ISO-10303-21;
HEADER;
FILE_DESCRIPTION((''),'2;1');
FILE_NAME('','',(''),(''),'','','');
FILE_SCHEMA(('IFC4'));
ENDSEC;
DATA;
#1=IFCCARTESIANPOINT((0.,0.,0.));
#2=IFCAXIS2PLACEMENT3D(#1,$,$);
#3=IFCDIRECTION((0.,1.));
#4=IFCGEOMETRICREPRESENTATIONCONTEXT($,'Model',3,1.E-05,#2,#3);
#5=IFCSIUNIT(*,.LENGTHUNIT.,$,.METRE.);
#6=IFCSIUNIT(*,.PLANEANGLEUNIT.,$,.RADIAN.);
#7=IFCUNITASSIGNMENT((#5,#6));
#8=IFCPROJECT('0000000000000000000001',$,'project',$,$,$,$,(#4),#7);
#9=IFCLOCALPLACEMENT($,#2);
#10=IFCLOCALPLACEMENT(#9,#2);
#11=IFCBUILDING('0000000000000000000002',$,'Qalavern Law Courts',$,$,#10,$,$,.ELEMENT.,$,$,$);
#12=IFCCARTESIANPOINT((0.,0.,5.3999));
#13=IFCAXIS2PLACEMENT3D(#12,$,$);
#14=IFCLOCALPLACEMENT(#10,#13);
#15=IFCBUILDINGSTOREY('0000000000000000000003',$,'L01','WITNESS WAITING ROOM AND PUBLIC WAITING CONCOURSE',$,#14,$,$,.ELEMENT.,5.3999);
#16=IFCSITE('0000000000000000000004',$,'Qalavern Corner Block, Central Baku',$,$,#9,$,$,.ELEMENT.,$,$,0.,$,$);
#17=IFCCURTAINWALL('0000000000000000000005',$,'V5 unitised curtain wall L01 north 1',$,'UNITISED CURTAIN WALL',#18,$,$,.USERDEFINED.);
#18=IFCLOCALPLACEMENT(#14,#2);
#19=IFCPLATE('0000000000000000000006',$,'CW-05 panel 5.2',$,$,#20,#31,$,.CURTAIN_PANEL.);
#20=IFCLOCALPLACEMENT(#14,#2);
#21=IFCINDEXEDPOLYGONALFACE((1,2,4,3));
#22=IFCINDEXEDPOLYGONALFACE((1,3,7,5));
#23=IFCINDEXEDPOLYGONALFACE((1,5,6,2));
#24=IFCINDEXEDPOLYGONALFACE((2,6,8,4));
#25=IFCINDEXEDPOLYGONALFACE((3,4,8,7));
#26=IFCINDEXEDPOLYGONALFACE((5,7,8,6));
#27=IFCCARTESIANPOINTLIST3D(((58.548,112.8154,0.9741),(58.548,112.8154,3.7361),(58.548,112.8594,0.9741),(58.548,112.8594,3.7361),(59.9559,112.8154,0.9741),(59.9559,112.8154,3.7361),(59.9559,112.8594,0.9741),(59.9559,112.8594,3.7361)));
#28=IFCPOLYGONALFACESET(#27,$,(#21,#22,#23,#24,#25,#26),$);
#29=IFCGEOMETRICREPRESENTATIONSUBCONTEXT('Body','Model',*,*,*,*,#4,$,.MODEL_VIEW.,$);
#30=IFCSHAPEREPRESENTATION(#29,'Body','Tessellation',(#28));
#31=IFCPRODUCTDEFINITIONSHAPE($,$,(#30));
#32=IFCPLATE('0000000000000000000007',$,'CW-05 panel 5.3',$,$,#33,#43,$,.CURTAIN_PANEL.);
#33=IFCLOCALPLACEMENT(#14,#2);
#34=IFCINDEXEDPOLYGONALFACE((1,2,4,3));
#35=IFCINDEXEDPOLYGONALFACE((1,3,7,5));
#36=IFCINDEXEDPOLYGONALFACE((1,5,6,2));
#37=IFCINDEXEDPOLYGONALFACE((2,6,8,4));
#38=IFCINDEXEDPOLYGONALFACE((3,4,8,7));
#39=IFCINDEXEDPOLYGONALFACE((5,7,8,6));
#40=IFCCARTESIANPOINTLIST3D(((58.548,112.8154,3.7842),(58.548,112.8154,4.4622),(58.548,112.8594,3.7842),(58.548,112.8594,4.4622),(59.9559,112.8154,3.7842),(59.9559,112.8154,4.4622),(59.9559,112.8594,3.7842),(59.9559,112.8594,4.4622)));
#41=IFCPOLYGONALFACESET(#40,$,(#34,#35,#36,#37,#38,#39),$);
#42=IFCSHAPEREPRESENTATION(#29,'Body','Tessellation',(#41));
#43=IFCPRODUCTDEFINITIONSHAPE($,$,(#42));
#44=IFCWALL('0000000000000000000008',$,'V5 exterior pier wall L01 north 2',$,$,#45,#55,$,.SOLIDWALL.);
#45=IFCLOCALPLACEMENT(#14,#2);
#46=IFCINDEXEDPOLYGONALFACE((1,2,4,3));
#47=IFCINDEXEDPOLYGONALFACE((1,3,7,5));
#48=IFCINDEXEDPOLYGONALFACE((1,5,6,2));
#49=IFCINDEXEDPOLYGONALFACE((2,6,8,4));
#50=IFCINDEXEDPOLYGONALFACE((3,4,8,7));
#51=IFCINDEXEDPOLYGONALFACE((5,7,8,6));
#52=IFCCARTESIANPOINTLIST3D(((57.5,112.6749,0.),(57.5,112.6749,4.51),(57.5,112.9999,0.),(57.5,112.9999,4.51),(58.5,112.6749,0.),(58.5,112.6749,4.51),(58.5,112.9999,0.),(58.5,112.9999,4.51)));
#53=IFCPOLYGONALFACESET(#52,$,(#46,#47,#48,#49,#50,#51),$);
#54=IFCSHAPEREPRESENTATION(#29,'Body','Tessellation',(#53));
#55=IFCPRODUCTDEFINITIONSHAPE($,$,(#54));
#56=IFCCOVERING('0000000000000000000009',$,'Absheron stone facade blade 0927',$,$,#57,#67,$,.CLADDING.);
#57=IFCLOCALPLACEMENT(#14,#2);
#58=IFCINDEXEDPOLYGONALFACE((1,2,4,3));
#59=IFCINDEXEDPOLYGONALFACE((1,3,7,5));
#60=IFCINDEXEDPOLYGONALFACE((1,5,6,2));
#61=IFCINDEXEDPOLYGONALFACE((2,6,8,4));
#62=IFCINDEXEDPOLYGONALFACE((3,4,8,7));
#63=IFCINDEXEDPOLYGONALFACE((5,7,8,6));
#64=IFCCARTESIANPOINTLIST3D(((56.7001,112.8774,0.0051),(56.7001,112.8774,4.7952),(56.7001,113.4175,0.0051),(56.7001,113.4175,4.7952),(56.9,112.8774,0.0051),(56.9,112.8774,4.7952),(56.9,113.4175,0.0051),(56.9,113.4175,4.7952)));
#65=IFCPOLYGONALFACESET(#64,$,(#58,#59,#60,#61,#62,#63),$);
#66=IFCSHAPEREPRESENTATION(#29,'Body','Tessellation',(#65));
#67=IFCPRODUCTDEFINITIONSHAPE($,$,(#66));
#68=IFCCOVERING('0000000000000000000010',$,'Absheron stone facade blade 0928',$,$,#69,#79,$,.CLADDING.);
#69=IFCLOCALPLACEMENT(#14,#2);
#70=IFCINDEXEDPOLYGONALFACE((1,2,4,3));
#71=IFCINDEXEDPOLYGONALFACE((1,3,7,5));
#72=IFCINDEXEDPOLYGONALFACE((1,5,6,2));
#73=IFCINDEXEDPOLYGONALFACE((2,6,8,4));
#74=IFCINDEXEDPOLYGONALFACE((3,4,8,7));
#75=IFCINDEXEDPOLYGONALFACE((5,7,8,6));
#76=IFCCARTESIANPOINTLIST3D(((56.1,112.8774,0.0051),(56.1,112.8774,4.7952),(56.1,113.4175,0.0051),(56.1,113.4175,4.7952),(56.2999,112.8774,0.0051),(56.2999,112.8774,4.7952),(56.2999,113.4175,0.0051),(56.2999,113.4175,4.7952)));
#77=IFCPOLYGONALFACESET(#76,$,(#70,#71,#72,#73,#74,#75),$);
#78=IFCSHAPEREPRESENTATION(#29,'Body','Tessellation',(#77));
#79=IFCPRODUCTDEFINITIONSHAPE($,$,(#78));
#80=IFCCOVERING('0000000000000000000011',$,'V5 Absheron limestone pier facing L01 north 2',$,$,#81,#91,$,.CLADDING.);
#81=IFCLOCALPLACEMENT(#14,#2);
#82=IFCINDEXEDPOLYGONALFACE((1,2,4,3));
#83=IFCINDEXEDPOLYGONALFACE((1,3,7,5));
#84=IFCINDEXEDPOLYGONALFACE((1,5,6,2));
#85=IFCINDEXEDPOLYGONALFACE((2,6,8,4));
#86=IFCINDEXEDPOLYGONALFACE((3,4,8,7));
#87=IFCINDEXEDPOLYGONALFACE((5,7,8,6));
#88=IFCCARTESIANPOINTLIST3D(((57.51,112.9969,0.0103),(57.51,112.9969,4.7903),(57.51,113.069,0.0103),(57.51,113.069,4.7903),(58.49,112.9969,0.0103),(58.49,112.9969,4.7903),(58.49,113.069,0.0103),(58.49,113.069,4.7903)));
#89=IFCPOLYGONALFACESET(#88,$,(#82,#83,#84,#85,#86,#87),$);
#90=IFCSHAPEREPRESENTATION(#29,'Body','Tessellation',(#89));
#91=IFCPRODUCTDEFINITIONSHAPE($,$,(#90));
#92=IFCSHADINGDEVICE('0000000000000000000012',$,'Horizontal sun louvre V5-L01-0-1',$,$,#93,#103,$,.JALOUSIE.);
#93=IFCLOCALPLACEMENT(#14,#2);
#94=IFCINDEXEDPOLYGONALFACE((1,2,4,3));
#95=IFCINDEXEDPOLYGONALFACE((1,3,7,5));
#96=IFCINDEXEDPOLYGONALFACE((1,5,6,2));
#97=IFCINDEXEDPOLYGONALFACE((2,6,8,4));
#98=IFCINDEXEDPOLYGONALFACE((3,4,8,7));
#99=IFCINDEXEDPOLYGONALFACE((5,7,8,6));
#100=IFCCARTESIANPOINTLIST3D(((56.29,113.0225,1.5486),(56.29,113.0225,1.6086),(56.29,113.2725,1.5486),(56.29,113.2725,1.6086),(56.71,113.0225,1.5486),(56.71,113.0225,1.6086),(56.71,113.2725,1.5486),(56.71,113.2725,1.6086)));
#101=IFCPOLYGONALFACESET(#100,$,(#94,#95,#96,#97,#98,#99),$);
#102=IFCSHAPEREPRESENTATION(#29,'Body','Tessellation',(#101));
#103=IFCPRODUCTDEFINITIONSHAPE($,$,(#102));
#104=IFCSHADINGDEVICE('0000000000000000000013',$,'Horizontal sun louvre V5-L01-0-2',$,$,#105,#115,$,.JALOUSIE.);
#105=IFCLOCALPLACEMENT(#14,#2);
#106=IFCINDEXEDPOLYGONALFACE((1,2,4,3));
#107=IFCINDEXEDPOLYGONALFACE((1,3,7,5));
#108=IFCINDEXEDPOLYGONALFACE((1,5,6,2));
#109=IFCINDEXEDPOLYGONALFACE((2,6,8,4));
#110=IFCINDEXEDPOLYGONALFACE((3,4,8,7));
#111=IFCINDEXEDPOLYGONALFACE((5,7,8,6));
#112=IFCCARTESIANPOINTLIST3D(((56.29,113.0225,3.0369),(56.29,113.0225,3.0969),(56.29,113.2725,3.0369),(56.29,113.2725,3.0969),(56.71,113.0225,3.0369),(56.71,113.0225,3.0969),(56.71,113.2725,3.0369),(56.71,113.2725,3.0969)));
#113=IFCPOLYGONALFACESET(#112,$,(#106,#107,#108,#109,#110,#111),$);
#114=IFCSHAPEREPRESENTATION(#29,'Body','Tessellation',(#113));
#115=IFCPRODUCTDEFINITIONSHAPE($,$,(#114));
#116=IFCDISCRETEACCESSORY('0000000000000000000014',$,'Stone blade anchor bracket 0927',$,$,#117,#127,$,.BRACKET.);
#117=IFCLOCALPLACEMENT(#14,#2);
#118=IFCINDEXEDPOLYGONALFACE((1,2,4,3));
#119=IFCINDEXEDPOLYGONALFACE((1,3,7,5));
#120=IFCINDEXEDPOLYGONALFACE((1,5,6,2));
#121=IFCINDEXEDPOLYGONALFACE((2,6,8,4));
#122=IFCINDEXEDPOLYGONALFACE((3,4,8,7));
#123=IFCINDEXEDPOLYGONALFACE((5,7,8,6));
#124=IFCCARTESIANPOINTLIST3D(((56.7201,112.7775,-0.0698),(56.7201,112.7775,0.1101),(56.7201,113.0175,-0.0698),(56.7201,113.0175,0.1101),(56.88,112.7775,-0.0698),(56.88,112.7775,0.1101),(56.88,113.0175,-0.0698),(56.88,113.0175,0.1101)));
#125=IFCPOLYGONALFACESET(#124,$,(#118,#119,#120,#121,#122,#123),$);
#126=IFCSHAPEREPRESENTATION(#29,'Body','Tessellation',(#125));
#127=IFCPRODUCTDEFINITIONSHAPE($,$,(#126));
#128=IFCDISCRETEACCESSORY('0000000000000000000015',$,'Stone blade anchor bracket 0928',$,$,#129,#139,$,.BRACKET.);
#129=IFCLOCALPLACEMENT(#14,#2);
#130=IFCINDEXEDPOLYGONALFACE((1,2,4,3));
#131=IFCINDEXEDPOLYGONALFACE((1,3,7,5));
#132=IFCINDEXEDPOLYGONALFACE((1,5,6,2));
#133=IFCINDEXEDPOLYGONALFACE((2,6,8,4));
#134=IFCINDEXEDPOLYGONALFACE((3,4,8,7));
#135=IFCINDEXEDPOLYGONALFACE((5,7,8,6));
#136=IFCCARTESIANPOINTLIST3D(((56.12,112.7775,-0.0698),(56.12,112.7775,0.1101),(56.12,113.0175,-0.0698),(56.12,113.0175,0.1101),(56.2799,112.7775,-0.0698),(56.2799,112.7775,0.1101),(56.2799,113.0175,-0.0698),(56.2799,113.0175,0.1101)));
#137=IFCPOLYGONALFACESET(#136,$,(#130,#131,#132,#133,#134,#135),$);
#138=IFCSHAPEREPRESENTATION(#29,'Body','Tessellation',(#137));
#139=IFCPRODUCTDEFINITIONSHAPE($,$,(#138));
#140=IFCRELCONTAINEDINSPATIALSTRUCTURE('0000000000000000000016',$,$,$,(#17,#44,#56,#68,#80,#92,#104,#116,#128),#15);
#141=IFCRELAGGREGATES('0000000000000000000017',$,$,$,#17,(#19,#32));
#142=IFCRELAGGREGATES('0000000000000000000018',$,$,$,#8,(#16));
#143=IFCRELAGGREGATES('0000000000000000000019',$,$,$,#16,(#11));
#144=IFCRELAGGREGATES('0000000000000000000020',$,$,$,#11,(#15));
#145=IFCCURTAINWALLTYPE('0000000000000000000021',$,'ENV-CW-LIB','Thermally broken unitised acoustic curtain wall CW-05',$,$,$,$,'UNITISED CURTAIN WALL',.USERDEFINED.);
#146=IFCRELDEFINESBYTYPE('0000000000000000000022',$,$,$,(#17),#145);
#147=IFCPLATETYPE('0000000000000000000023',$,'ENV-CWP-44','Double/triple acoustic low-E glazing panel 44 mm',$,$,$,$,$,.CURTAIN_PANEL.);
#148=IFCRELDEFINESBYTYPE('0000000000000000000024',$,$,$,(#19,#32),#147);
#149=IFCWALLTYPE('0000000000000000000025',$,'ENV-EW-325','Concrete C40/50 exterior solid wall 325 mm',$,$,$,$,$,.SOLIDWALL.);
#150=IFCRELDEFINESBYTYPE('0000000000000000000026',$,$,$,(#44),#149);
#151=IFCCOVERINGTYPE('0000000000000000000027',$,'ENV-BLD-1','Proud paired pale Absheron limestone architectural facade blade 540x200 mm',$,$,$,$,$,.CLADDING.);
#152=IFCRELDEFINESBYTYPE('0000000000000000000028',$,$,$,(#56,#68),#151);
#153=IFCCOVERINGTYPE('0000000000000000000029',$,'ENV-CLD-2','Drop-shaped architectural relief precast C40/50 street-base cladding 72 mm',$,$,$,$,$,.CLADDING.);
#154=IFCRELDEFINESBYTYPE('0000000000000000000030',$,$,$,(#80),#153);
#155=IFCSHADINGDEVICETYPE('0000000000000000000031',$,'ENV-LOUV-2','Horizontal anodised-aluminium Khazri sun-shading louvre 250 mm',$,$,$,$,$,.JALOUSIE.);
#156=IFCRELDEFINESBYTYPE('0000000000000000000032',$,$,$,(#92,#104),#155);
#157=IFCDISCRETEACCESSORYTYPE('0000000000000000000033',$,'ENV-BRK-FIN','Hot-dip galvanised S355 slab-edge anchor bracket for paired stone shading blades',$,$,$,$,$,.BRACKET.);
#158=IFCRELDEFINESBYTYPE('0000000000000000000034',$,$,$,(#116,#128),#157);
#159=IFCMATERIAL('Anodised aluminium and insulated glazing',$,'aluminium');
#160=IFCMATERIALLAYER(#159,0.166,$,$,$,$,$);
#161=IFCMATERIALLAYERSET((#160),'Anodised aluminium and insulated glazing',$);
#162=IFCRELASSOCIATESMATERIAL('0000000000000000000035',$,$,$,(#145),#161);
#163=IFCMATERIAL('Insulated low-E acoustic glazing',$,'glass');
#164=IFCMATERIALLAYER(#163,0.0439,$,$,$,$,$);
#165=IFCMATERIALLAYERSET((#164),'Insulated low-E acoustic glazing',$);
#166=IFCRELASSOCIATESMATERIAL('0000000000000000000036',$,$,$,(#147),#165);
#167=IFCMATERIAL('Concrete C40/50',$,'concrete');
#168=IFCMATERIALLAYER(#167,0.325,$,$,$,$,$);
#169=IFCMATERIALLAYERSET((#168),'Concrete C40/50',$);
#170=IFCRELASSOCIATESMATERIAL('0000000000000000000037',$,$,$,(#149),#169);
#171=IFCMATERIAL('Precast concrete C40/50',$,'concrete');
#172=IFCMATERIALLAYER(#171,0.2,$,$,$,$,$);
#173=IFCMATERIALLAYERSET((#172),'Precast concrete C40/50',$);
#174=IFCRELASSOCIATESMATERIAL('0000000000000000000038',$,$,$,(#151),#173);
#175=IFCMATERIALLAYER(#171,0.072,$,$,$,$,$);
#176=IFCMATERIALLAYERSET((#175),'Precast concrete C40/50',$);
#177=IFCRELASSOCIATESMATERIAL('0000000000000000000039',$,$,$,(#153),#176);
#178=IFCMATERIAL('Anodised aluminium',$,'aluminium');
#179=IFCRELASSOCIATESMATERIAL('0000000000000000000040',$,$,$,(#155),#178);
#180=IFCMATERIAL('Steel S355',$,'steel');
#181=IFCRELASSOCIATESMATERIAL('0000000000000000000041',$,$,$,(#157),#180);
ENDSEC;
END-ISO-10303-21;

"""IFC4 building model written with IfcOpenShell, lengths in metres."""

from ifc_helpers import new_model, si_unit, direction, frame, frame_2d, origin, origin_2d, place, context, subcontext, project, spatial, rectangle, extrude, material, layer, layer_set, type_object, element, aggregate, save


model = new_model("IFC4")

# Units and contexts
model_context = context("Model", 3, precision=1e-05, world=origin(), true_north=direction((0.0, 1.0)))
body_context = subcontext(model_context, "Body", "Model", "MODEL_VIEW")
ifc_project = project(units=[si_unit("LENGTHUNIT", "METRE"), si_unit("PLANEANGLEUNIT", "RADIAN")], contexts=[model_context])

# Site, building, storey
site_placement = place(None, origin())
site = spatial("IfcSite", under=ifc_project, at=site_placement, Name="Qalavern Corner Block, Central Baku", CompositionType="ELEMENT", RefElevation=0.0)
building_placement = place(site_placement, origin())
building = spatial("IfcBuilding", under=site, at=building_placement, Name="Qalavern Law Courts", CompositionType="ELEMENT")
storey_placement = place(building_placement, frame((0.0, 0.0, 5.3999)))
storey = spatial("IfcBuildingStorey", under=building, at=storey_placement, Name="L01", Description="WITNESS WAITING ROOM AND PUBLIC WAITING CONCOURSE", CompositionType="ELEMENT", Elevation=5.3999)

# Curtain wall, plates
ifc_material_1 = material(Name="Anodised aluminium and insulated glazing", Category="aluminium")
ifc_layer_1 = layer(ifc_material_1, 0.166)
ifc_layer_set_1 = layer_set([ifc_layer_1], Name="Anodised aluminium and insulated glazing")
curtain_wall_type = type_object("IfcCurtainWallType", Name="ENV-CW-LIB", Description="Thermally broken unitised acoustic curtain wall CW-05", ElementType="UNITISED CURTAIN WALL", PredefinedType="USERDEFINED", material=ifc_layer_set_1)
curtain_wall_placement = place(storey_placement, origin())
curtain_wall = element("IfcCurtainWall", 1, at=curtain_wall_placement, inside=storey, type_object=curtain_wall_type, Name="V5 unitised curtain wall L01 north 1", ObjectType="UNITISED CURTAIN WALL", PredefinedType="USERDEFINED")
ifc_material_2 = material(Name="Anodised aluminium", Category="aluminium")
ifc_material_3 = material(Name="Insulated low-E acoustic glazing", Category="glass")
ifc_layer_2 = layer(ifc_material_3, 0.0439)
ifc_layer_set_2 = layer_set([ifc_layer_2], Name="Insulated low-E acoustic glazing")
plate_type = type_object("IfcPlateType", Name="ENV-CWP-44", Description="Double/triple acoustic low-E glazing panel 44 mm", PredefinedType="CURTAIN_PANEL", material=ifc_layer_set_2)
plate_1_placement = place(storey_placement, frame((59.252, 112.8374, 0.9741), z_axis=(0.0, 0.0, 1.0), x_axis=(-1.0, 0.0, 0.0)))
plate_1 = element("IfcPlate", 2, at=plate_1_placement, type_object=plate_type, Name="CW-05 panel 5.2", PredefinedType="CURTAIN_PANEL", context=body_context, shape_type="SweptSolid", body=[
    extrude(rectangle(XDim=1.408, YDim=0.0439, at=origin_2d()), origin(), (0.0, 0.0, 1.0), 2.762),
])
plate_2_placement = place(storey_placement, frame((59.252, 112.8374, 3.7842), z_axis=(0.0, 0.0, 1.0), x_axis=(-1.0, 0.0, 0.0)))
plate_2 = element("IfcPlate", 3, at=plate_2_placement, type_object=plate_type, Name="CW-05 panel 5.3", PredefinedType="CURTAIN_PANEL", context=body_context, shape_type="SweptSolid", body=[
    extrude(rectangle(XDim=1.408, YDim=0.0439, at=origin_2d()), origin(), (0.0, 0.0, 1.0), 0.678),
])
aggregate(curtain_wall, [plate_1, plate_2])

# Wall
ifc_material_4 = material(Name="Concrete C40/50", Category="concrete")
ifc_layer_3 = layer(ifc_material_4, 0.325)
ifc_layer_set_3 = layer_set([ifc_layer_3], Name="Concrete C40/50")
wall_type = type_object("IfcWallType", Name="ENV-EW-325", Description="Concrete C40/50 exterior solid wall 325 mm", PredefinedType="SOLIDWALL", material=ifc_layer_set_3)
wall_placement = place(storey_placement, frame((58.5, 112.8374, 0.0), z_axis=(0.0, 0.0, 1.0), x_axis=(-1.0, 0.0, 0.0)))
element("IfcWall", 4, at=wall_placement, inside=storey, type_object=wall_type, Name="V5 exterior pier wall L01 north 2", PredefinedType="SOLIDWALL", context=body_context, shape_type="SweptSolid", body=[
    extrude(rectangle(XDim=1.0, YDim=0.325, at=frame_2d((0.5, 0.0))), origin(), (0.0, 0.0, 1.0), 4.51),
])

# Coverings
ifc_material_5 = material(Name="Precast concrete C40/50", Category="concrete")
ifc_layer_4 = layer(ifc_material_5, 0.2)
ifc_layer_set_4 = layer_set([ifc_layer_4], Name="Precast concrete C40/50")
covering_type_1 = type_object("IfcCoveringType", Name="ENV-BLD-1", Description="Proud paired pale Absheron limestone architectural facade blade 540x200 mm", PredefinedType="CLADDING", material=ifc_layer_set_4)
for number, where, z_axis, x_axis, name in (
    (5, (56.8, 113.1475, 0.0051), (0.0, 0.0, 1.0), (0.0, 1.0, 0.0), "Absheron stone facade blade 0927"),
    (6, (56.2, 113.1475, 0.0051), (0.0, 0.0, 1.0), (0.0, 1.0, 0.0), "Absheron stone facade blade 0928"),
):
    element("IfcCovering", number, at=place(storey_placement, frame(where, z_axis=z_axis, x_axis=x_axis)), inside=storey, type_object=covering_type_1, Name=name, PredefinedType="CLADDING", context=body_context, shape_type="SweptSolid", body=[
        extrude(rectangle(XDim=0.54, YDim=0.2, at=origin_2d()), origin(), (0.0, 0.0, 1.0), 4.79),
    ])
ifc_layer_5 = layer(ifc_material_5, 0.072)
ifc_layer_set_5 = layer_set([ifc_layer_5], Name="Precast concrete C40/50")
covering_type_2 = type_object("IfcCoveringType", Name="ENV-CLD-2", Description="Drop-shaped architectural relief precast C40/50 street-base cladding 72 mm", PredefinedType="CLADDING", material=ifc_layer_set_5)
covering_placement = place(storey_placement, frame((58.0, 113.033, 0.0103), z_axis=(0.0, 0.0, 1.0), x_axis=(-1.0, 0.0, 0.0)))
element("IfcCovering", 7, at=covering_placement, inside=storey, type_object=covering_type_2, Name="V5 Absheron limestone pier facing L01 north 2", PredefinedType="CLADDING", context=body_context, shape_type="SweptSolid", body=[
    extrude(rectangle(XDim=0.98, YDim=0.072, at=origin_2d()), origin(), (0.0, 0.0, 1.0), 4.78),
])

# Shading devices
shading_device_type = type_object("IfcShadingDeviceType", Name="ENV-LOUV-2", Description="Horizontal anodised-aluminium Khazri sun-shading louvre 250 mm", PredefinedType="JALOUSIE", material=ifc_material_2)
for number, where, z_axis, x_axis, name in (
    (8, (56.5, 113.1475, 1.5486), (0.0, 0.0, 1.0), (-1.0, 0.0, 0.0), "Horizontal sun louvre V5-L01-0-1"),
    (9, (56.5, 113.1475, 3.0369), (0.0, 0.0, 1.0), (-1.0, 0.0, 0.0), "Horizontal sun louvre V5-L01-0-2"),
):
    element("IfcShadingDevice", number, at=place(storey_placement, frame(where, z_axis=z_axis, x_axis=x_axis)), inside=storey, type_object=shading_device_type, Name=name, PredefinedType="JALOUSIE", context=body_context, shape_type="SweptSolid", body=[
        extrude(rectangle(XDim=0.4199, YDim=0.25, at=origin_2d()), origin(), (0.0, 0.0, 1.0), 0.0601),
    ])

# Discrete accessories
ifc_material_6 = material(Name="Steel S355", Category="steel")
discrete_accessory_type = type_object("IfcDiscreteAccessoryType", Name="ENV-BRK-FIN", Description="Hot-dip galvanised S355 slab-edge anchor bracket for paired stone shading blades", PredefinedType="BRACKET", material=ifc_material_6)
for number, where, z_axis, x_axis, name in (
    (10, (56.8, 112.8975, -0.0698), (0.0, 0.0, 1.0), (0.0, 1.0, 0.0), "Stone blade anchor bracket 0927"),
    (11, (56.2, 112.8975, -0.0698), (0.0, 0.0, 1.0), (0.0, 1.0, 0.0), "Stone blade anchor bracket 0928"),
):
    element("IfcDiscreteAccessory", number, at=place(storey_placement, frame(where, z_axis=z_axis, x_axis=x_axis)), inside=storey, type_object=discrete_accessory_type, Name=name, PredefinedType="BRACKET", context=body_context, shape_type="SweptSolid", body=[
        extrude(rectangle(XDim=0.24, YDim=0.1599, at=origin_2d()), origin(), (0.0, 0.0, 1.0), 0.1799),
    ])

save(model, "model.ifc")
